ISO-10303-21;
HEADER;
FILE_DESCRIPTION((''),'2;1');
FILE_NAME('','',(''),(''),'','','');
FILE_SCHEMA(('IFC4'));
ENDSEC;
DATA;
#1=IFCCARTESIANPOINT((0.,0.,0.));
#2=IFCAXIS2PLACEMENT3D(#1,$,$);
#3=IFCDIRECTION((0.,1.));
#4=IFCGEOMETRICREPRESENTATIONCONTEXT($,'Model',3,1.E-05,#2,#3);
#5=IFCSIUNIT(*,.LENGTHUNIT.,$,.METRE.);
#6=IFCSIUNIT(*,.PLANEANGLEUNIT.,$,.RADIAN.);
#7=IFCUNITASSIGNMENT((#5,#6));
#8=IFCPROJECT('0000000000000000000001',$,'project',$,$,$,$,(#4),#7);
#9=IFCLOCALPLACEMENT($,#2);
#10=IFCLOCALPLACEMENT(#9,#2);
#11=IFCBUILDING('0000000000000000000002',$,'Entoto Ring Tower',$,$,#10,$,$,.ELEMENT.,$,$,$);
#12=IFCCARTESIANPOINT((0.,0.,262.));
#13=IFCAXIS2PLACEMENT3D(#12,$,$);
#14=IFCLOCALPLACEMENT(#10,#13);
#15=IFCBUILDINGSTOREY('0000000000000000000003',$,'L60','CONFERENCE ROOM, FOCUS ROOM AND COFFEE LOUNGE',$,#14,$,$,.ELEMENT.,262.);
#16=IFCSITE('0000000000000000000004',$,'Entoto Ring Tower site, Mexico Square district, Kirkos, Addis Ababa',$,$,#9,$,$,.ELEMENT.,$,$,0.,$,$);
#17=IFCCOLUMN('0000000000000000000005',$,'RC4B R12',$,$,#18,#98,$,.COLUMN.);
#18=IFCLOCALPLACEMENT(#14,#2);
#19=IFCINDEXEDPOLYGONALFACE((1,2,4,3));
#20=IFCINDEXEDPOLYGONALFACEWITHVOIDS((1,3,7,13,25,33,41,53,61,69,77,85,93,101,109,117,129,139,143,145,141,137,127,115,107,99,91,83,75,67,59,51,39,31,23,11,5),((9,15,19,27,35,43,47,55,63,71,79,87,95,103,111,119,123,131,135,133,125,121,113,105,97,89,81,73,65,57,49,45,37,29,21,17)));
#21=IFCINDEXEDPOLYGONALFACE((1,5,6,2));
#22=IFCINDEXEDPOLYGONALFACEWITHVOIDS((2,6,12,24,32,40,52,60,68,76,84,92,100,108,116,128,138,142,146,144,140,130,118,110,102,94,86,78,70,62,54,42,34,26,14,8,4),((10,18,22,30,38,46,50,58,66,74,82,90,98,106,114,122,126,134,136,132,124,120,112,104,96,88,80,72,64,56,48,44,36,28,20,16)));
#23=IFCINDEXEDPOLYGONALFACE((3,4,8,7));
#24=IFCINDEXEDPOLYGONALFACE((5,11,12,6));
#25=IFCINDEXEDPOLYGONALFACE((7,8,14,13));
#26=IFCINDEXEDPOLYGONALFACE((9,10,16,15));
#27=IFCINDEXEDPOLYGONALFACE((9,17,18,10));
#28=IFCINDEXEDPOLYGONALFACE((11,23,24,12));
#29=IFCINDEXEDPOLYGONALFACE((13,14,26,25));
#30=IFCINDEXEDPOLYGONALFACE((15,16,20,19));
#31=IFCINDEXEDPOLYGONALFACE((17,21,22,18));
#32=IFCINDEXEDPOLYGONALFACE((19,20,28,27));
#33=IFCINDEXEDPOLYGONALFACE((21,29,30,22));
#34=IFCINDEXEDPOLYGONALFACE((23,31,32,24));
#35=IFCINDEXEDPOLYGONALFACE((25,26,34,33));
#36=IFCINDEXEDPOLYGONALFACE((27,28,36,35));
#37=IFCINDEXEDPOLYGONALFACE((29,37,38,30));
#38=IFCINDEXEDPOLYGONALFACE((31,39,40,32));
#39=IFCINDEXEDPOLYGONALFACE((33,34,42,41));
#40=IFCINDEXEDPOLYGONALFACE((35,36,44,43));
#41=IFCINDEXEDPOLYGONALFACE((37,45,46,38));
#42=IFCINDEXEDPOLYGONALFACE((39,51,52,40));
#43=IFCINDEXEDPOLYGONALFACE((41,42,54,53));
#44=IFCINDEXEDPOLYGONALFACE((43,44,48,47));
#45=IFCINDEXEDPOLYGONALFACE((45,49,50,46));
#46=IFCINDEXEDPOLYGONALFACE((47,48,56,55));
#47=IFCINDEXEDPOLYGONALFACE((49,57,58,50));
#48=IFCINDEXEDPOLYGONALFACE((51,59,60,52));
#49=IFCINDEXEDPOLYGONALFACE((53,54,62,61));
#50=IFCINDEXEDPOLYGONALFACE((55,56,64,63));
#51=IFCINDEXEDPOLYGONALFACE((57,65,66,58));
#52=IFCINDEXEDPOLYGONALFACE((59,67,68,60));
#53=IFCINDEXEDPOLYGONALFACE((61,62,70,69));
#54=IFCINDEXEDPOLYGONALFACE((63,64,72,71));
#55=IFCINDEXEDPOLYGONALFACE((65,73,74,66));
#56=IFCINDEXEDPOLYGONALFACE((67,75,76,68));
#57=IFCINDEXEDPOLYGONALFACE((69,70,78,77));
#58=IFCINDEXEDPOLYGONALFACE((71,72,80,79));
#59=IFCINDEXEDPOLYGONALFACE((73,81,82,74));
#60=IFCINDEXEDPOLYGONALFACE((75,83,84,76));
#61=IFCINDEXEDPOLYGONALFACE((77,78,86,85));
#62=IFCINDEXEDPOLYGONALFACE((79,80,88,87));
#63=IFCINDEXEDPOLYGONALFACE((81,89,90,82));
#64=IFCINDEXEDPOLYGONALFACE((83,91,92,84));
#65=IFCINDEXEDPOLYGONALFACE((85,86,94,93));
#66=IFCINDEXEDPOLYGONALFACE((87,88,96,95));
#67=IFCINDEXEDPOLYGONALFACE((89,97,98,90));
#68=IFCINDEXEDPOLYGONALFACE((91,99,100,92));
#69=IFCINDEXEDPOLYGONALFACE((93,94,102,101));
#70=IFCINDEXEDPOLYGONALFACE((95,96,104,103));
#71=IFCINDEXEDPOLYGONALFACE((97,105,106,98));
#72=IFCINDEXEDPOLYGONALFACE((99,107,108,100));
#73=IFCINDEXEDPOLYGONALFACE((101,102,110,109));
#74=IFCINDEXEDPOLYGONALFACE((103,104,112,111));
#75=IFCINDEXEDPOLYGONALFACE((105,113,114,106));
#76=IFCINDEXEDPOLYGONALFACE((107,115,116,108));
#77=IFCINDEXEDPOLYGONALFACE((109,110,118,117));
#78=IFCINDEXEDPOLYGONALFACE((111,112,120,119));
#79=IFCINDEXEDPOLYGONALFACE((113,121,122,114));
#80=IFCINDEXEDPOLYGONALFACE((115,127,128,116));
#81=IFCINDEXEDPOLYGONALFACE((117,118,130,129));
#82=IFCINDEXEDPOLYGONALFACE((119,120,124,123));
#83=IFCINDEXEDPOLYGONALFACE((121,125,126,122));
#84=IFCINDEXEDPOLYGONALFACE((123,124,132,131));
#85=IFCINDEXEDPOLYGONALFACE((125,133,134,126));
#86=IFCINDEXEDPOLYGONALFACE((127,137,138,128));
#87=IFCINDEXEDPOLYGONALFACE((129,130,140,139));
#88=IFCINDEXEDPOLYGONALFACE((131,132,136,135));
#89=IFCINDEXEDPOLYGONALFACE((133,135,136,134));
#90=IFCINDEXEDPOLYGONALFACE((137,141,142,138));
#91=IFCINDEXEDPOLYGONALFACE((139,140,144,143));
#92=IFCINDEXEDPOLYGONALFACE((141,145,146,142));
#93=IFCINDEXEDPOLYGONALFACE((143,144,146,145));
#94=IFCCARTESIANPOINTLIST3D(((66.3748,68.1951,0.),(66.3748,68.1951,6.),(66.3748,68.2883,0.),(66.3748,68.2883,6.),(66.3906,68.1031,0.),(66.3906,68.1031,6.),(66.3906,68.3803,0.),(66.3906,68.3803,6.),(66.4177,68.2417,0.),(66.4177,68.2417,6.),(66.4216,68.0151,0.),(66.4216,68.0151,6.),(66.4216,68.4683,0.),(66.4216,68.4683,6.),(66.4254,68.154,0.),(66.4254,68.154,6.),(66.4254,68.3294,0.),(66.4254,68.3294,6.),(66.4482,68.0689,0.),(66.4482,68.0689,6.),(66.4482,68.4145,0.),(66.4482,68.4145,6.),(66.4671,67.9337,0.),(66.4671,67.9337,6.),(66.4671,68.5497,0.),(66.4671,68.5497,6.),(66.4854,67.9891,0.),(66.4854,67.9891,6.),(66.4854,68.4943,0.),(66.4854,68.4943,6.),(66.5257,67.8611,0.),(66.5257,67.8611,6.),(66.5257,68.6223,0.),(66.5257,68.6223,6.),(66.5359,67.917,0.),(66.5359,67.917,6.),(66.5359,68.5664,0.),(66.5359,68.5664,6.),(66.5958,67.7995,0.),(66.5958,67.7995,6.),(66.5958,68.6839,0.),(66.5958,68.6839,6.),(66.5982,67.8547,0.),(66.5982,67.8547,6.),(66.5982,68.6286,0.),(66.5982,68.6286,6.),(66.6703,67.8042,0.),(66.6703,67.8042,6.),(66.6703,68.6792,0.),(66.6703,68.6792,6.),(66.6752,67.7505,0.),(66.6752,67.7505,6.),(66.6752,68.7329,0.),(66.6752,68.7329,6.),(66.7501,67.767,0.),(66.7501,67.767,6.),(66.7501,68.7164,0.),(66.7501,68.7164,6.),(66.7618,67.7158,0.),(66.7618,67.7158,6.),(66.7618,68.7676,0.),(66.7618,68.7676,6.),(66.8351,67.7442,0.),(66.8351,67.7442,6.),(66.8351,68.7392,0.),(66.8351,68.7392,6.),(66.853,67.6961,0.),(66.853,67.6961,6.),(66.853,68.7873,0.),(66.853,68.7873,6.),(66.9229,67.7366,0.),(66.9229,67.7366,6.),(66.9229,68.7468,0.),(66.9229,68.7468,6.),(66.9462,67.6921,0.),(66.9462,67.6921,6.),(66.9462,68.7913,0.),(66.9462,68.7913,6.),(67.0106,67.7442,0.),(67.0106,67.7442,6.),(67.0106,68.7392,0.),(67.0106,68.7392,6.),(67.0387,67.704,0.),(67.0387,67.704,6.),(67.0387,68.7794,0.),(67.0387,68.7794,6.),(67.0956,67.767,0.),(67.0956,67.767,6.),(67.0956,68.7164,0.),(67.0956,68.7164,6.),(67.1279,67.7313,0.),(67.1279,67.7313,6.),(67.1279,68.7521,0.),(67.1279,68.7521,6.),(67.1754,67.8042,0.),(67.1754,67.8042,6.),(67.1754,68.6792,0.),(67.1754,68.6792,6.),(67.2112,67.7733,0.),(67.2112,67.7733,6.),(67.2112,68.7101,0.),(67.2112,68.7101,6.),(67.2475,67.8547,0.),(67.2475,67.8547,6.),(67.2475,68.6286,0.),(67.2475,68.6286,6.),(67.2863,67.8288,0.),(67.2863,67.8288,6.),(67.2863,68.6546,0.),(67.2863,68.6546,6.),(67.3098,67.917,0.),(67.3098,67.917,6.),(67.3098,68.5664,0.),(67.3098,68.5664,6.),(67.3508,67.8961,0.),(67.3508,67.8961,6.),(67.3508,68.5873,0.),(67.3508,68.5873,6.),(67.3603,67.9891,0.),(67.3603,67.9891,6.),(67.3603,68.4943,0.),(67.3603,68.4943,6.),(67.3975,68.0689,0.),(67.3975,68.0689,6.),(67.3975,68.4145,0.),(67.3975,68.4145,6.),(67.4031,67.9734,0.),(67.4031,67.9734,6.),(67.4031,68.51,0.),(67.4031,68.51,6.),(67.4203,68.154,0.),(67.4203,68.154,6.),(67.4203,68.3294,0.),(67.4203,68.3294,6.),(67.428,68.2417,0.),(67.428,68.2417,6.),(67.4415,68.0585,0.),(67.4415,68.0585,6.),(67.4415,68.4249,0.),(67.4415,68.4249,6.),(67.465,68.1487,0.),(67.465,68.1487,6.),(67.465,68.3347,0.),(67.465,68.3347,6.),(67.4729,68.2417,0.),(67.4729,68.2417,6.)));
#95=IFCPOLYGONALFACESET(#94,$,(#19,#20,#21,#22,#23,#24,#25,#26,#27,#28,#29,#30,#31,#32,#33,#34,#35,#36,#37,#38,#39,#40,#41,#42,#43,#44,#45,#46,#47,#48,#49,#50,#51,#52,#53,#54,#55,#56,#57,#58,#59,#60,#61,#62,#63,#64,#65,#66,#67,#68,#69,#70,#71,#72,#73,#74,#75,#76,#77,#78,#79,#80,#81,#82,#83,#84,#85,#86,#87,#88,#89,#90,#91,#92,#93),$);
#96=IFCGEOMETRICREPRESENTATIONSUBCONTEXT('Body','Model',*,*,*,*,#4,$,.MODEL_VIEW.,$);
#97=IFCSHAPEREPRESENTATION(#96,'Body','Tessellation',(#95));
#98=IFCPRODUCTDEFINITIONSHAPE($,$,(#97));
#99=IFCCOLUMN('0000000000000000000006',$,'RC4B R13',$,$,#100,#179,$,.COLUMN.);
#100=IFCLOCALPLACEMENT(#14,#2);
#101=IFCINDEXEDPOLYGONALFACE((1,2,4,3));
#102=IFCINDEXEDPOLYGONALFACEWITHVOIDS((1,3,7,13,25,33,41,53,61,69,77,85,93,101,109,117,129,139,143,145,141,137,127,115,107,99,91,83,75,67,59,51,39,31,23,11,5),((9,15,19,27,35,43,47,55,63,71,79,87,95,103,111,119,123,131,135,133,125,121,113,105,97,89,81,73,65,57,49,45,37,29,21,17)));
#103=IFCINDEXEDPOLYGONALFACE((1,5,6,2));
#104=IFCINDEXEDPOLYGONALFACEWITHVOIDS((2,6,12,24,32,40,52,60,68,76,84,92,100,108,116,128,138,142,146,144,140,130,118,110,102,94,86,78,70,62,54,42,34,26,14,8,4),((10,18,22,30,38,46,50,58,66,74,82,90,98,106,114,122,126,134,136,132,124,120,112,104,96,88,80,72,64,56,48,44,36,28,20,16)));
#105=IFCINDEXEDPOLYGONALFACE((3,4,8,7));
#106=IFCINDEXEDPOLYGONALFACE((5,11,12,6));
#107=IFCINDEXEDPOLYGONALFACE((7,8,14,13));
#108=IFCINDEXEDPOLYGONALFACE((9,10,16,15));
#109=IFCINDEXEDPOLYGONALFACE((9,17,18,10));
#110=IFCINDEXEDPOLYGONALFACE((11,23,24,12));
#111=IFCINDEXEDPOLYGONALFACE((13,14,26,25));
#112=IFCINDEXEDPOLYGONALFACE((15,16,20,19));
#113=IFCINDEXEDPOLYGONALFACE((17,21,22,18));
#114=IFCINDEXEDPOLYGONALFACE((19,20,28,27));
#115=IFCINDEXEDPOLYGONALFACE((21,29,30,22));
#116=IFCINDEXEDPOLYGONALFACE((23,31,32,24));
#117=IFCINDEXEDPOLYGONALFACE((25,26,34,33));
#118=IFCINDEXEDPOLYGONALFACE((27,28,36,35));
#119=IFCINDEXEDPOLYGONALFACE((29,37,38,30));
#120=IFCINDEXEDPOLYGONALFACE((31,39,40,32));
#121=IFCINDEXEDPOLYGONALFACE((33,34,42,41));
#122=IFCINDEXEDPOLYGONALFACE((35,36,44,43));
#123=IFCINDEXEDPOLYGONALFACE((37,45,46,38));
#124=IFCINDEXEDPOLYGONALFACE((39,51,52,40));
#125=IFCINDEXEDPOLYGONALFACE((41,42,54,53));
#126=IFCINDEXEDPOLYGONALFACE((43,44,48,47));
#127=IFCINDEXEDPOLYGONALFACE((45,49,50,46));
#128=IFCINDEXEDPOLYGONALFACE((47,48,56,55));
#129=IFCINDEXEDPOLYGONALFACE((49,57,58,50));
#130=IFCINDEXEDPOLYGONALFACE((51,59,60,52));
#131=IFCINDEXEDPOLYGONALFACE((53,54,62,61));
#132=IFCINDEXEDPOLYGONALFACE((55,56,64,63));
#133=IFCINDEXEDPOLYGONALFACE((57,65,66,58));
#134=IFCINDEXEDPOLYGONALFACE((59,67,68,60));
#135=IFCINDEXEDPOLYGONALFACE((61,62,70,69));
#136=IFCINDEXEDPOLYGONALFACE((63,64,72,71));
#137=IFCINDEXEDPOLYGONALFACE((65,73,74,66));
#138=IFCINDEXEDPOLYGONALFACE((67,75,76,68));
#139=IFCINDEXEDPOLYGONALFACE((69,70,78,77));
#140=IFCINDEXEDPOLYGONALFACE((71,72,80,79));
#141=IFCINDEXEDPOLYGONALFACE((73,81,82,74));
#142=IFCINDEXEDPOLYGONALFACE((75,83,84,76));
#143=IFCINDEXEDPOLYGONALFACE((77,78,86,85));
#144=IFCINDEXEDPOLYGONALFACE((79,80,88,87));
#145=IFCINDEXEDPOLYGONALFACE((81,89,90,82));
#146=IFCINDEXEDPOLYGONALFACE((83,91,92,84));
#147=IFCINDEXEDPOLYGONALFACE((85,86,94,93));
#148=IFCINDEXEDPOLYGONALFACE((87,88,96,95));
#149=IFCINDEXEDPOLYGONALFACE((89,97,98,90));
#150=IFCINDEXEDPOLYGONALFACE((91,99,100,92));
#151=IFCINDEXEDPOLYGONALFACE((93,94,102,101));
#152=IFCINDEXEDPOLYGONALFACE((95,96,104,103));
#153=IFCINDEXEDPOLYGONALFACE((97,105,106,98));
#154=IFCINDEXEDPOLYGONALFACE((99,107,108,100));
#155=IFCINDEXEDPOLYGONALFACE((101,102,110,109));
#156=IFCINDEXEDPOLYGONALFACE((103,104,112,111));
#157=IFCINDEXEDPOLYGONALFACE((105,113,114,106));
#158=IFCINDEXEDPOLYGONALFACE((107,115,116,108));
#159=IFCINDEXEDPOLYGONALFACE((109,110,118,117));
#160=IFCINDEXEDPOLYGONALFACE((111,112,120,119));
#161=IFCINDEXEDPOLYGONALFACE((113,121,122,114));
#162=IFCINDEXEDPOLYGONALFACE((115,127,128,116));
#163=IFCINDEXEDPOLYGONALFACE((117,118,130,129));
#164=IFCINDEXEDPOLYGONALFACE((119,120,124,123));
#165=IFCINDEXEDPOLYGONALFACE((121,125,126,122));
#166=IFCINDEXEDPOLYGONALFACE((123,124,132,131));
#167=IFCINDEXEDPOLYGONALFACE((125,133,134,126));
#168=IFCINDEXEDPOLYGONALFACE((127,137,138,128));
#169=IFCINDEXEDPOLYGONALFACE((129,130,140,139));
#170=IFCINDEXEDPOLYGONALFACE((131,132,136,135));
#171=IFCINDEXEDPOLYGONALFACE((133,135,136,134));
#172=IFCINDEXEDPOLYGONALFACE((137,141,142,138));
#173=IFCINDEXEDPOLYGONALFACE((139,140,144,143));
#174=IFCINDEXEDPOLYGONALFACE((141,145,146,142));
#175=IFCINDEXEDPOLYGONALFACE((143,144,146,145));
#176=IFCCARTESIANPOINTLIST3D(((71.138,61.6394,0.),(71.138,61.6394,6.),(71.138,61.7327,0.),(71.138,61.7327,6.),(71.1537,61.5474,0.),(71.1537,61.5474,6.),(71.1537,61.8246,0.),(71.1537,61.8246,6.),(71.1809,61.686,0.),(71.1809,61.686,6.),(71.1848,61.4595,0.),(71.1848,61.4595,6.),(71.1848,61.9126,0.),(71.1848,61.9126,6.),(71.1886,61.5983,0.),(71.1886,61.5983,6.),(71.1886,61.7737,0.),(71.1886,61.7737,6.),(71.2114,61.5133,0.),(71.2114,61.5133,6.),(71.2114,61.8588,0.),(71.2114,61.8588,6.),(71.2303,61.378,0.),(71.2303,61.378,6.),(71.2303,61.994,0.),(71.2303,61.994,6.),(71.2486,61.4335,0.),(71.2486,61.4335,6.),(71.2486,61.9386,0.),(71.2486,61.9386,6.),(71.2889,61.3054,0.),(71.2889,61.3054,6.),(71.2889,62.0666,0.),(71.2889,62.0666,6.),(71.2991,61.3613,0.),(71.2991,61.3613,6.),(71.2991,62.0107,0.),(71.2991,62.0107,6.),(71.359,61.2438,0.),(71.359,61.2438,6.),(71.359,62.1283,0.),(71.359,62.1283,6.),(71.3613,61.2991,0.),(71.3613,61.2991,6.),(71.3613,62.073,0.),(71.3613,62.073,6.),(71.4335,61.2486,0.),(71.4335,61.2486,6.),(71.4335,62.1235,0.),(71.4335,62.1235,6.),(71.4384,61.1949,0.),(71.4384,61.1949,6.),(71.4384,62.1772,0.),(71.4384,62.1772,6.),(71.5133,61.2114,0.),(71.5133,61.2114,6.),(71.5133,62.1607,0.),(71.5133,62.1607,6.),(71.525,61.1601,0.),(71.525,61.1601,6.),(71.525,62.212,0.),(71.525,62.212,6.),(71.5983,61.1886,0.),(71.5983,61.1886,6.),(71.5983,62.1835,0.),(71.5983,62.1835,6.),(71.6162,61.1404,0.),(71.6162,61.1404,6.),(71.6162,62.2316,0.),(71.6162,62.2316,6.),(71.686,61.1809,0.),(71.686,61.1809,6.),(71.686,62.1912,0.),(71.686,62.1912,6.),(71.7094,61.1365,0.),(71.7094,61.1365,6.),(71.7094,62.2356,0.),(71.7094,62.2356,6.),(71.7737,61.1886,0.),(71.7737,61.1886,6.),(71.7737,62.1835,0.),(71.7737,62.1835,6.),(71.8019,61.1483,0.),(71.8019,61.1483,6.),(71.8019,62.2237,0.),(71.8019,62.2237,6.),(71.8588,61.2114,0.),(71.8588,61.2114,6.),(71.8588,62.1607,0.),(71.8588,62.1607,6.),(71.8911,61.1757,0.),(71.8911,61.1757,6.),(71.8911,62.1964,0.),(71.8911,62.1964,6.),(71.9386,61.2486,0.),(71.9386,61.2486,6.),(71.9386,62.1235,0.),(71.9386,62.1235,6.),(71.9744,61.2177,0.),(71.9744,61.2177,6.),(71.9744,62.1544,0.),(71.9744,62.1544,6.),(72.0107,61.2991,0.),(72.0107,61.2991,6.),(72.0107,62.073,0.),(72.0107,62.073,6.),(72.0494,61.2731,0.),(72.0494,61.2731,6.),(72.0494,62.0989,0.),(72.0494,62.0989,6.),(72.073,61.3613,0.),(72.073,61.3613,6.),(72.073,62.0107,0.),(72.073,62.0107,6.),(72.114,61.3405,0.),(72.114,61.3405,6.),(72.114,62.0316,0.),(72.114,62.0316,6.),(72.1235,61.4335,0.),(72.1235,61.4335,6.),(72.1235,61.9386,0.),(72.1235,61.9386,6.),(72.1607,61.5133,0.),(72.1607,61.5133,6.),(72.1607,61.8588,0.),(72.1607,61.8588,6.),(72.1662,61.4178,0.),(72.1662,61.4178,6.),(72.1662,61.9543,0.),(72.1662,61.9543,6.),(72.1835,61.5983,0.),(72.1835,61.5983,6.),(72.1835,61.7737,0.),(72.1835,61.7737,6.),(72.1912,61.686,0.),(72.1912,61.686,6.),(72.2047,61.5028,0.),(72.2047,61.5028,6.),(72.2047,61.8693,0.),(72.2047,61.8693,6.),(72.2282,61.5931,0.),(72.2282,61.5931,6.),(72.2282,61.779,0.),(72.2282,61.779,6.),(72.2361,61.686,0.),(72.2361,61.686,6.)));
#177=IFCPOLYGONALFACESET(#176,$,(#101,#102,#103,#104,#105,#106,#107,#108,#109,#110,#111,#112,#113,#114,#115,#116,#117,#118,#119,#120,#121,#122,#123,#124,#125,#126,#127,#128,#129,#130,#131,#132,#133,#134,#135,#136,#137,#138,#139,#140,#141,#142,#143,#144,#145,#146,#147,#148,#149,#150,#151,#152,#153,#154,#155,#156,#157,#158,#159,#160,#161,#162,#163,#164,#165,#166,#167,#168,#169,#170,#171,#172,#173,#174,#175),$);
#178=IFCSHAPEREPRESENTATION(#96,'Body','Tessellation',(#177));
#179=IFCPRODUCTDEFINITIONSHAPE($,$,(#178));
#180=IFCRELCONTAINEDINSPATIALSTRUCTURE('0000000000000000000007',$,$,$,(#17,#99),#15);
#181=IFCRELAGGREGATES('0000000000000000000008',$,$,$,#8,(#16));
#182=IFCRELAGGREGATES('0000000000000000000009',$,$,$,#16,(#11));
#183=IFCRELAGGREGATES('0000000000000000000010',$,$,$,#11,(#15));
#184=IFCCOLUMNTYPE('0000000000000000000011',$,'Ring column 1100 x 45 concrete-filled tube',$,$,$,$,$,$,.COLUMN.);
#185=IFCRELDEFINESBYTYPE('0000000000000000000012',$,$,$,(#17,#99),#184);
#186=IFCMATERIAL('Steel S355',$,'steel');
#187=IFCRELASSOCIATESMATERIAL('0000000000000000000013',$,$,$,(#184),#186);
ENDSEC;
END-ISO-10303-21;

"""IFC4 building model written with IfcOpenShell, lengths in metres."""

from ifc_helpers import new_model, si_unit, direction, frame, origin, origin_2d, place, context, subcontext, project, spatial, circle, hollow_circle, extrude, material, material_profile, profile_set, type_object, element, save


model = new_model("IFC4")

# Units and contexts
model_context = context("Model", 3, precision=1e-05, world=origin(), true_north=direction((0.0, 1.0)))
body_context = subcontext(model_context, "Body", "Model", "MODEL_VIEW")
ifc_project = project(units=[si_unit("LENGTHUNIT", "METRE"), si_unit("PLANEANGLEUNIT", "RADIAN")], contexts=[model_context])

# Site, building, storey
site_placement = place(None, origin())
site = spatial("IfcSite", under=ifc_project, at=site_placement, Name="Entoto Ring Tower site, Mexico Square district, Kirkos, Addis Ababa", CompositionType="ELEMENT", RefElevation=0.0)
building_placement = place(site_placement, origin())
building = spatial("IfcBuilding", under=site, at=building_placement, Name="Entoto Ring Tower", CompositionType="ELEMENT")
storey_placement = place(building_placement, frame((0.0, 0.0, 262.0)))
storey = spatial("IfcBuildingStorey", under=building, at=storey_placement, Name="L60", Description="CONFERENCE ROOM, FOCUS ROOM AND COFFEE LOUNGE", CompositionType="ELEMENT", Elevation=262.0)

# Columns
ifc_material_1 = material(Name="Steel S355", Category="steel")
ifc_material_profile_1 = material_profile(ifc_material_1, hollow_circle(Radius=0.55, WallThickness=0.0449, at=origin_2d()), Name="CHS 1100 x 45")
ifc_material_2 = material(Name="Concrete C60/75", Category="concrete")
ifc_material_profile_2 = material_profile(ifc_material_2, circle(Radius=0.5049, at=origin_2d()), Name="Concrete C60/75 infill")
ifc_profile_set_1 = profile_set([ifc_material_profile_1, ifc_material_profile_2], Name="Steel S355")
column_type = type_object("IfcColumnType", Name="Ring column 1100 x 45 concrete-filled tube", PredefinedType="COLUMN", material=ifc_profile_set_1)
for number, where, z_axis, x_axis, name in (
    (1, (66.9229, 68.2417, 0.0), (0.0, 0.0, 1.0), (1.0, 0.0, 0.0), "RC4B R12"),
    (2, (71.686, 61.686, 0.0), (0.0, 0.0, 1.0), (1.0, 0.0, 0.0), "RC4B R13"),
):
    element("IfcColumn", number, at=place(storey_placement, frame(where, z_axis=z_axis, x_axis=x_axis)), inside=storey, type_object=column_type, Name=name, PredefinedType="COLUMN", context=body_context, shape_type="SweptSolid", body=[
        extrude(hollow_circle(Radius=0.55, WallThickness=0.0449, at=origin_2d()), origin(), (0.0, 0.0, 1.0), 6.0),
    ])

save(model, "model.ifc")
